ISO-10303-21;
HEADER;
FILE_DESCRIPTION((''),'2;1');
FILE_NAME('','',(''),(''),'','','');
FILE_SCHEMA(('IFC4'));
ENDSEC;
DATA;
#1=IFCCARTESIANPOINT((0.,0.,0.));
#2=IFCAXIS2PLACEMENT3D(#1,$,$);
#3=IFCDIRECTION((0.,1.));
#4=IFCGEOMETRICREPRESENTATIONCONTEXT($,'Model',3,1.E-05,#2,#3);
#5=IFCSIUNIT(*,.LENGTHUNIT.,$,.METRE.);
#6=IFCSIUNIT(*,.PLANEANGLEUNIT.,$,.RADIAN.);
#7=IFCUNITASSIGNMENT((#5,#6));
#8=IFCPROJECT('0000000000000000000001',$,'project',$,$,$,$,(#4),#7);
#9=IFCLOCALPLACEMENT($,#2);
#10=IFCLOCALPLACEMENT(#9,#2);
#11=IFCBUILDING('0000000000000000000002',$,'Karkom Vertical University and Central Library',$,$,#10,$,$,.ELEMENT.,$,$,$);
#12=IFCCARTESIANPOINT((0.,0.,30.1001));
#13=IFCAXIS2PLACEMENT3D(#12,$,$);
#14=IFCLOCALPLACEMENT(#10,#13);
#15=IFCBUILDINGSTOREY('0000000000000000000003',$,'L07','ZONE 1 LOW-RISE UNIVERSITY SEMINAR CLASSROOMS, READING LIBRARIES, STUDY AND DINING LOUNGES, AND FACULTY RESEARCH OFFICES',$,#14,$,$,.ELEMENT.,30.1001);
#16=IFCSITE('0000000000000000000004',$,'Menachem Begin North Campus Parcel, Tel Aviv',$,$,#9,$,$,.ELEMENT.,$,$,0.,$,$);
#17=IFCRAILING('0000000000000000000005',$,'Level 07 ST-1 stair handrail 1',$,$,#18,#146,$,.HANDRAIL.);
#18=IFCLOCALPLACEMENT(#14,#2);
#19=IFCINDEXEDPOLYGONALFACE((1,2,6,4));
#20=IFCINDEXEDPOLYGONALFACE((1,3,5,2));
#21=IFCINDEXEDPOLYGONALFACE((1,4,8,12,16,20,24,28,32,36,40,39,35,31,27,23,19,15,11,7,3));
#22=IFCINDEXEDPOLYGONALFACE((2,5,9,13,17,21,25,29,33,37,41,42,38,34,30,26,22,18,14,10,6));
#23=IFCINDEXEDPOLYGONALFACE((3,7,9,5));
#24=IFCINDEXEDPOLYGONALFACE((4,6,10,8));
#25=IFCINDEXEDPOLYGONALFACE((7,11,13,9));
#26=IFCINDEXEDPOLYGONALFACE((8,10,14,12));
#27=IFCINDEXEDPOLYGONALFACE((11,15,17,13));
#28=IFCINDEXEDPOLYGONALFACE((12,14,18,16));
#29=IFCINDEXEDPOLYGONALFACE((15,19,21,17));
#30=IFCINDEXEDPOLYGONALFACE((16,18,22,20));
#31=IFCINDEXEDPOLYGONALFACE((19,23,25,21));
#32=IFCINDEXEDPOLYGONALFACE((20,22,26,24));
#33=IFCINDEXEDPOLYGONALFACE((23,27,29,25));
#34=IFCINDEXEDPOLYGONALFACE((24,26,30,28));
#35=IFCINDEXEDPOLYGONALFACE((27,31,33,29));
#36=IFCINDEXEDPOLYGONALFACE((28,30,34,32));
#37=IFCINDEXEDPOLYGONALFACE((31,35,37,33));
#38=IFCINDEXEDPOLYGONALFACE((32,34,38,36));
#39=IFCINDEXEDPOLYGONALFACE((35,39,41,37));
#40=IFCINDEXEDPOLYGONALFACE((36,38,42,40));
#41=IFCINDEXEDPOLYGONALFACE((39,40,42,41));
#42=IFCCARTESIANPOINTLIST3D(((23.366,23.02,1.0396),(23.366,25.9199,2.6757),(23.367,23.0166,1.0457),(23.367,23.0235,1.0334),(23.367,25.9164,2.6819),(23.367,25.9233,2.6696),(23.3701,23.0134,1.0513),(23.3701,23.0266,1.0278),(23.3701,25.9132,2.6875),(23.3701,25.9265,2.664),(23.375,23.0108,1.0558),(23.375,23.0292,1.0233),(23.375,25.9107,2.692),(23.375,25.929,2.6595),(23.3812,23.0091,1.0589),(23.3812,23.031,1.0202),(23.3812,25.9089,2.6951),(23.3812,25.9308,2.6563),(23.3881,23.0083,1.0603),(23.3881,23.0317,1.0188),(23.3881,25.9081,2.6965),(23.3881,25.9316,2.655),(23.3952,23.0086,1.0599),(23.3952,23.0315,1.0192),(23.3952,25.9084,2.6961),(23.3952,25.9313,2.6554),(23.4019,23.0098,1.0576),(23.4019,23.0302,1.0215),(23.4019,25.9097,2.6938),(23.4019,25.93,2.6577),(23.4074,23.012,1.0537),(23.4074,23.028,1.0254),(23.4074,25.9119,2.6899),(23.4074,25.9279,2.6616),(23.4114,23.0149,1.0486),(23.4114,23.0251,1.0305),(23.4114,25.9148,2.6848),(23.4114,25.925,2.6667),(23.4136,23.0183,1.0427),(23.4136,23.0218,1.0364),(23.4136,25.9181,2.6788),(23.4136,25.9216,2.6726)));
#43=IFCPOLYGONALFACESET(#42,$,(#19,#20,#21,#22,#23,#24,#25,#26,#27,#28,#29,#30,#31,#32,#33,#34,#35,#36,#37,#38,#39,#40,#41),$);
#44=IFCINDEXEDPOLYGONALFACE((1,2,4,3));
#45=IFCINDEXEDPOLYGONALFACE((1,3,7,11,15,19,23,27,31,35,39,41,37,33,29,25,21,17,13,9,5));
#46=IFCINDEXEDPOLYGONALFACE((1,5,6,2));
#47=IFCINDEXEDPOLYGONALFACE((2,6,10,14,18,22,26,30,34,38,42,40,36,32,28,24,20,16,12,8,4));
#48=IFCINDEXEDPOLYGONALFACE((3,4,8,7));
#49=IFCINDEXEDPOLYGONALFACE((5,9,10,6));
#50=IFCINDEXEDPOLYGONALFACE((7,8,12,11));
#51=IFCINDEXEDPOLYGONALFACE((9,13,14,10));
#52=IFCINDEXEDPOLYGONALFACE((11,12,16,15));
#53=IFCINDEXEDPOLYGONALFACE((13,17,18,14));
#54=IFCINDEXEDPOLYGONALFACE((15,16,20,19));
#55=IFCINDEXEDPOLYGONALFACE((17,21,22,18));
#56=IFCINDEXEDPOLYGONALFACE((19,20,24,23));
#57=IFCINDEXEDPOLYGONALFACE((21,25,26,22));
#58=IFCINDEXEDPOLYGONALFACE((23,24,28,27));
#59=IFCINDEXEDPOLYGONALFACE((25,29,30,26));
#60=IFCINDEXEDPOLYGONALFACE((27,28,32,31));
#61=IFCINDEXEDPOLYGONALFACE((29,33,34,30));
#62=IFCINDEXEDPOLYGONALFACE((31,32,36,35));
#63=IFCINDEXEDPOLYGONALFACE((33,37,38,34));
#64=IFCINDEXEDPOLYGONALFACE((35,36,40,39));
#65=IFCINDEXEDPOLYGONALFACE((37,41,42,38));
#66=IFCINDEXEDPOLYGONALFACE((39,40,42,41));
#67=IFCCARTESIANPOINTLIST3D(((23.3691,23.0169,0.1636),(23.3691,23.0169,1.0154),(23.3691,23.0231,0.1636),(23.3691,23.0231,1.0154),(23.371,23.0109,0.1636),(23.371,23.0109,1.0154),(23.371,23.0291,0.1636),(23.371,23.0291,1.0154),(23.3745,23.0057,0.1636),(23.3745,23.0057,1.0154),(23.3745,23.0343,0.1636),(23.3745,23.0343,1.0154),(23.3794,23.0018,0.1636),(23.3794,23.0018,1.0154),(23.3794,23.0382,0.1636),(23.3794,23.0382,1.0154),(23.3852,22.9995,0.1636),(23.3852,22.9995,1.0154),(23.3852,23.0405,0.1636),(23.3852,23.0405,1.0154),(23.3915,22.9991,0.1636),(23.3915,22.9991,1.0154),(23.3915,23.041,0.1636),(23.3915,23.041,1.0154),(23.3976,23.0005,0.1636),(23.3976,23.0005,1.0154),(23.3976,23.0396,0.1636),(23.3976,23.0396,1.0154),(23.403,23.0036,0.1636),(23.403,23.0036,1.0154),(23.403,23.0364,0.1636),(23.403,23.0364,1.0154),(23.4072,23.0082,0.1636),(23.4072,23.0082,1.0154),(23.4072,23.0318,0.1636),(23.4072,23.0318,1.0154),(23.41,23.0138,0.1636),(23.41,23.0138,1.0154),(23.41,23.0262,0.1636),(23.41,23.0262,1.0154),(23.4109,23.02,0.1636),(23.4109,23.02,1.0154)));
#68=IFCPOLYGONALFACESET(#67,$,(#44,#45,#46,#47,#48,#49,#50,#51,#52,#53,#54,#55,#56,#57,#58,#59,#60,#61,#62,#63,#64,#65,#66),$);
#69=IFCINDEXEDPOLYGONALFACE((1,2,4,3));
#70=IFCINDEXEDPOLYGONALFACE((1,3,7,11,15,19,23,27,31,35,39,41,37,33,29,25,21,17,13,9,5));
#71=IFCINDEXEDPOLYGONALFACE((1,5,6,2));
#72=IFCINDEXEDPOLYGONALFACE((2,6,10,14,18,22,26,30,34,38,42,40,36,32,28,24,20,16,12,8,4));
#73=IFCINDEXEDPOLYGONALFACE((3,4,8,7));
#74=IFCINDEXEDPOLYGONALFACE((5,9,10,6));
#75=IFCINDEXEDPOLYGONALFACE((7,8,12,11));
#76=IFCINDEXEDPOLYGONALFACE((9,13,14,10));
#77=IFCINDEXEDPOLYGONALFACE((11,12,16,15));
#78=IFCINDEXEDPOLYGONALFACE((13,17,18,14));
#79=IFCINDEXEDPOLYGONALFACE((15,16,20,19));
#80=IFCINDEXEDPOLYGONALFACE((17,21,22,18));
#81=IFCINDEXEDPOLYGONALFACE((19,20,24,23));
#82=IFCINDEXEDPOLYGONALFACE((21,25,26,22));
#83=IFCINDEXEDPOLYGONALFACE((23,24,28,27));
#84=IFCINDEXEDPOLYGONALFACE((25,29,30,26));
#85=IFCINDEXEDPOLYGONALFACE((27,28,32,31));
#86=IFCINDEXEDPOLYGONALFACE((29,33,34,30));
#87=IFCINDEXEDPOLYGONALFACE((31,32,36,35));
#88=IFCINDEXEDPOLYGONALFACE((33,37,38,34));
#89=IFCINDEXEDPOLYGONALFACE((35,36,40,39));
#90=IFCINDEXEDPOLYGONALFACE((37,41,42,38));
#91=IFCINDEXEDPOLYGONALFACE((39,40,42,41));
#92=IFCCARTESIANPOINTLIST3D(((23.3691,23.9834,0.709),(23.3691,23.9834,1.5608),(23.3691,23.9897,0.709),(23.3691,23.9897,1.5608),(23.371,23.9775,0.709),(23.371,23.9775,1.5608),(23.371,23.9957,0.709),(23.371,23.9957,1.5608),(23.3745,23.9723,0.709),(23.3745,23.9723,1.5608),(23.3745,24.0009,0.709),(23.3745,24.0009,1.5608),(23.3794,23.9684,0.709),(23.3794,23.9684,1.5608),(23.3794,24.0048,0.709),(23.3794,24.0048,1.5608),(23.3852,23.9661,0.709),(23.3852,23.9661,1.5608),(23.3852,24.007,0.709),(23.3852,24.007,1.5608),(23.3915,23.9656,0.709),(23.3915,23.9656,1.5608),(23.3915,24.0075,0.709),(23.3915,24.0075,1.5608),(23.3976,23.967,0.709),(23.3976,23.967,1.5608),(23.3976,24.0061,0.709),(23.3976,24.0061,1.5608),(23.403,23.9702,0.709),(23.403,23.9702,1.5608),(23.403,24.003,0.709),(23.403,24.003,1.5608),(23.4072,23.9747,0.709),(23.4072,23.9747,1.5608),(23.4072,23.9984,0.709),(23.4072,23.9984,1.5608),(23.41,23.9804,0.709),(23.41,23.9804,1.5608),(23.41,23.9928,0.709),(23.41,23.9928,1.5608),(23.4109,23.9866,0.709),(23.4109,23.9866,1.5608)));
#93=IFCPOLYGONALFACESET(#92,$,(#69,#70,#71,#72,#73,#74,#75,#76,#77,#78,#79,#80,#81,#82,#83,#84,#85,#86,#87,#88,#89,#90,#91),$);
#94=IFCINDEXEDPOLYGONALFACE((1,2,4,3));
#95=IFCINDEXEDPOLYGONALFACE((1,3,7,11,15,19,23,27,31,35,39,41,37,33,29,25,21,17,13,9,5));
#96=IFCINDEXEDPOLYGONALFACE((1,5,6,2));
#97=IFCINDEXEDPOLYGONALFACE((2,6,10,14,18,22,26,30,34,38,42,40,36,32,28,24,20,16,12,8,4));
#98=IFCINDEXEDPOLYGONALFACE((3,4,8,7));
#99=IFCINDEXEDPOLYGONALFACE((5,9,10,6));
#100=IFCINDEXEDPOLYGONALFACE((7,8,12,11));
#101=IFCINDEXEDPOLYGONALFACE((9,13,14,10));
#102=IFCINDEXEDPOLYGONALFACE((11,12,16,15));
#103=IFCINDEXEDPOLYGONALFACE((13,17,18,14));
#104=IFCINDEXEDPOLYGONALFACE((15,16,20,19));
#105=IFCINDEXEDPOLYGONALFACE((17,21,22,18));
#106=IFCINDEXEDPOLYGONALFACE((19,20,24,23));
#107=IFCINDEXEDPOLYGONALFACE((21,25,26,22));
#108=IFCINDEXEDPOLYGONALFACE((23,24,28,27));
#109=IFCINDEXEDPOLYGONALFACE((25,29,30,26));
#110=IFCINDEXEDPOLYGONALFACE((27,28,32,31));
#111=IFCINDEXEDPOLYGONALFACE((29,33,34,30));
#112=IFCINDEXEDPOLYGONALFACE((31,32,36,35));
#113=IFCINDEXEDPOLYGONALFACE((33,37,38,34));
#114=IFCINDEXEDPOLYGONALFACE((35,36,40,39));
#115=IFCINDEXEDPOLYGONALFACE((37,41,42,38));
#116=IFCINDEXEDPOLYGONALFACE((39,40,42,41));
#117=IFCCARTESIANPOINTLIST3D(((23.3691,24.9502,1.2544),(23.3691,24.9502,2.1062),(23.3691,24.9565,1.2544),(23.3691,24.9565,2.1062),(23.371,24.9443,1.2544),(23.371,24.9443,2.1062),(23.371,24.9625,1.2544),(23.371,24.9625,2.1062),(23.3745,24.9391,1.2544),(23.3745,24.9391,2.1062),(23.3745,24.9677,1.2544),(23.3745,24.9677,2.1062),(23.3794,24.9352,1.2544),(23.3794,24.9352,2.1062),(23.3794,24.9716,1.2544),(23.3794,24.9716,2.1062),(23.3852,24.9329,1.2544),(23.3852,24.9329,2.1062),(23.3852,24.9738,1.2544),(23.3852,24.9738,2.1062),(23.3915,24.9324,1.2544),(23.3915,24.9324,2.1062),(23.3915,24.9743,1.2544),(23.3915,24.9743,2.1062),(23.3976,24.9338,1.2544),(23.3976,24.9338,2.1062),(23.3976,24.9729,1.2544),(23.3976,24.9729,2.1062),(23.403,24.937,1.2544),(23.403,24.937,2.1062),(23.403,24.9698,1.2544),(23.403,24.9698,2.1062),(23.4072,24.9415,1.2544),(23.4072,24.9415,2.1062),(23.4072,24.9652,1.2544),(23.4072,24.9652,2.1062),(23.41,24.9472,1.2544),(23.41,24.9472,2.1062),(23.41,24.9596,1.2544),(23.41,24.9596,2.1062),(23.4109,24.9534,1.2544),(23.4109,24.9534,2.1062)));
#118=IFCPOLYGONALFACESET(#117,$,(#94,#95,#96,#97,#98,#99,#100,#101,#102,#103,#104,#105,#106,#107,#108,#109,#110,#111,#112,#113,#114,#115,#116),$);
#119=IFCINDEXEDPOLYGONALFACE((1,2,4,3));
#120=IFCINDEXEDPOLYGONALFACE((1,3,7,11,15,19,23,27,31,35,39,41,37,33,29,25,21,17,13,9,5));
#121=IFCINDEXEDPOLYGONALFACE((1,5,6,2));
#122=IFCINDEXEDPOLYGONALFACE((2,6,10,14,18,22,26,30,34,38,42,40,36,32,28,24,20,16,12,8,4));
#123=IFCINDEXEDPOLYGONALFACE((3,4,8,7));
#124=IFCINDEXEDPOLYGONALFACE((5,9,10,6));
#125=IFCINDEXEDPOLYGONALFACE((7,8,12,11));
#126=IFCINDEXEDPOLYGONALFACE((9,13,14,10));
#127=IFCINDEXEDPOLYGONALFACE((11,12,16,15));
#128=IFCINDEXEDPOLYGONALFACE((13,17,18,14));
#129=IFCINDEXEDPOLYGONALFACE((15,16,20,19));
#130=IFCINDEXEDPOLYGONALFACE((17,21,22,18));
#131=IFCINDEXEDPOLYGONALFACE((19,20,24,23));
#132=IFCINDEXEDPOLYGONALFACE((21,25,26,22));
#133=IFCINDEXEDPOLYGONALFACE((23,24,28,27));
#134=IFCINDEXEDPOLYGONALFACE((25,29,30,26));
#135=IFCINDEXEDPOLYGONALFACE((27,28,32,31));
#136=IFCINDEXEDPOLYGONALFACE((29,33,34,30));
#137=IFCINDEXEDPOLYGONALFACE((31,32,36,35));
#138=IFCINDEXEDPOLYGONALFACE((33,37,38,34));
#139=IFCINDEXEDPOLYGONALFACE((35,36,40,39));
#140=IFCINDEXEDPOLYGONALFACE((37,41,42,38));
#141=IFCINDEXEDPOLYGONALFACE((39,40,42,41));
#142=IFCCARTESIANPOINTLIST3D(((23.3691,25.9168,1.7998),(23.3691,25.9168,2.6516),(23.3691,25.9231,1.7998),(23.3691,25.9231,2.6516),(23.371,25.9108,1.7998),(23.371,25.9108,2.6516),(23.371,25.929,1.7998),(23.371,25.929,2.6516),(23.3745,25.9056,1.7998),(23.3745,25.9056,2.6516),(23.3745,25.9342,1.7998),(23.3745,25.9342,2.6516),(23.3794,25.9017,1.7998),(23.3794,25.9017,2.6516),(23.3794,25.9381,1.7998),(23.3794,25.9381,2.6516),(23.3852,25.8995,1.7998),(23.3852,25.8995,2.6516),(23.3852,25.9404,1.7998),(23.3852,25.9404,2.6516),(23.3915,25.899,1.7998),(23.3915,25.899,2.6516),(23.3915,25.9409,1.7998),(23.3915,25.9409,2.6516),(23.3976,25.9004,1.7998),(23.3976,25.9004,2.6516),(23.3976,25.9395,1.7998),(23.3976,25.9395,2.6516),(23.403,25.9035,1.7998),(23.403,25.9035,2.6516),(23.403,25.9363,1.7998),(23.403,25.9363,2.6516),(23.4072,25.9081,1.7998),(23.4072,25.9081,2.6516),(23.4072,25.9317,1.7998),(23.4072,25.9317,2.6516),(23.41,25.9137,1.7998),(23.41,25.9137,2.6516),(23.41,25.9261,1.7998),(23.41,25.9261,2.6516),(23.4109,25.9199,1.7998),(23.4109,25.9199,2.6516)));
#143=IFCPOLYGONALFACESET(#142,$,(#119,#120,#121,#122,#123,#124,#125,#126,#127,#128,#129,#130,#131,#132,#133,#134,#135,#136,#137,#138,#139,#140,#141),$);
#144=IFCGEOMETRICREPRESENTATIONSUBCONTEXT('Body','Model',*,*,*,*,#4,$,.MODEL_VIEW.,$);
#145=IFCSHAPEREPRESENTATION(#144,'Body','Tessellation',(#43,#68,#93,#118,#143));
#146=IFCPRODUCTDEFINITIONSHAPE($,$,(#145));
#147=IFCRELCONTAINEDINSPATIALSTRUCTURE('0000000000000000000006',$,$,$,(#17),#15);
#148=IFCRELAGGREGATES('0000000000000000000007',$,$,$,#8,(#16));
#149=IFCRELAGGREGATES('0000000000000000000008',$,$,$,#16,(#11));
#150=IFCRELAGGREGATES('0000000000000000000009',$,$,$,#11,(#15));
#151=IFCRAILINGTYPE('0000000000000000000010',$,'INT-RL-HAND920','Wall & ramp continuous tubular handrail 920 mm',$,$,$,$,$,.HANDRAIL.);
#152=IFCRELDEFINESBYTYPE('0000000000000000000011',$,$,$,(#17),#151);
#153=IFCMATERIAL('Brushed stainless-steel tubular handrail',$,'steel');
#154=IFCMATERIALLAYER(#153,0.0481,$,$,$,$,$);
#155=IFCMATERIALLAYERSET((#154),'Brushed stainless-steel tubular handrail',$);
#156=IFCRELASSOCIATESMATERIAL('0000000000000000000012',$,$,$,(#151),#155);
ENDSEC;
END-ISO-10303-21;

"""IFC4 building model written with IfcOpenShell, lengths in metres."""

from ifc_helpers import new_model, si_unit, direction, frame, origin, origin_2d, place, context, subcontext, project, spatial, circle, extrude, material, layer, layer_set, type_object, element, save


model = new_model("IFC4")

# Units and contexts
model_context = context("Model", 3, precision=1e-05, world=origin(), true_north=direction((0.0, 1.0)))
body_context = subcontext(model_context, "Body", "Model", "MODEL_VIEW")
ifc_project = project(units=[si_unit("LENGTHUNIT", "METRE"), si_unit("PLANEANGLEUNIT", "RADIAN")], contexts=[model_context])

# Site, building, storey
site_placement = place(None, origin())
site = spatial("IfcSite", under=ifc_project, at=site_placement, Name="Menachem Begin North Campus Parcel, Tel Aviv", CompositionType="ELEMENT", RefElevation=0.0)
building_placement = place(site_placement, origin())
building = spatial("IfcBuilding", under=site, at=building_placement, Name="Karkom Vertical University and Central Library", CompositionType="ELEMENT")
storey_placement = place(building_placement, frame((0.0, 0.0, 30.1001)))
storey = spatial("IfcBuildingStorey", under=building, at=storey_placement, Name="L07", Description="ZONE 1 LOW-RISE UNIVERSITY SEMINAR CLASSROOMS, READING LIBRARIES, STUDY AND DINING LOUNGES, AND FACULTY RESEARCH OFFICES", CompositionType="ELEMENT", Elevation=30.1001)

# Railing
ifc_material_1 = material(Name="Brushed stainless-steel tubular handrail", Category="steel")
ifc_layer_1 = layer(ifc_material_1, 0.0481)
ifc_layer_set_1 = layer_set([ifc_layer_1], Name="Brushed stainless-steel tubular handrail")
railing_type_1 = type_object("IfcRailingType", Name="INT-RL-HAND920", Description="Wall & ramp continuous tubular handrail 920 mm", PredefinedType="HANDRAIL", material=ifc_layer_set_1)
railing_1_placement = place(storey_placement, frame((23.3899, 23.02, 0.1636)))
element("IfcRailing", 1, at=railing_1_placement, inside=storey, type_object=railing_type_1, Name="Level 07 ST-1 stair handrail 1", PredefinedType="HANDRAIL", context=body_context, shape_type="SweptSolid", body=[
    extrude(circle(Radius=0.0239, at=origin_2d()), frame((0.0, 0.0, 0.876), z_axis=(0.0, 0.870929, 0.49141), x_axis=(-1.0, 0.0, 0.0)), (0.0, 0.0, 1.0), 3.3296),
    extrude(circle(Radius=0.021, at=origin_2d()), origin(), (0.0, 0.0, 1.0), 0.8518),
    extrude(circle(Radius=0.021, at=origin_2d()), frame((0.0, 0.9666, 0.5454)), (0.0, 0.0, 1.0), 0.8518),
    extrude(circle(Radius=0.021, at=origin_2d()), frame((0.0, 1.9333, 1.0908)), (0.0, 0.0, 1.0), 0.8518),
    extrude(circle(Radius=0.021, at=origin_2d()), frame((0.0, 2.8999, 1.6362)), (0.0, 0.0, 1.0), 0.8518),
])

save(model, "model.ifc")
